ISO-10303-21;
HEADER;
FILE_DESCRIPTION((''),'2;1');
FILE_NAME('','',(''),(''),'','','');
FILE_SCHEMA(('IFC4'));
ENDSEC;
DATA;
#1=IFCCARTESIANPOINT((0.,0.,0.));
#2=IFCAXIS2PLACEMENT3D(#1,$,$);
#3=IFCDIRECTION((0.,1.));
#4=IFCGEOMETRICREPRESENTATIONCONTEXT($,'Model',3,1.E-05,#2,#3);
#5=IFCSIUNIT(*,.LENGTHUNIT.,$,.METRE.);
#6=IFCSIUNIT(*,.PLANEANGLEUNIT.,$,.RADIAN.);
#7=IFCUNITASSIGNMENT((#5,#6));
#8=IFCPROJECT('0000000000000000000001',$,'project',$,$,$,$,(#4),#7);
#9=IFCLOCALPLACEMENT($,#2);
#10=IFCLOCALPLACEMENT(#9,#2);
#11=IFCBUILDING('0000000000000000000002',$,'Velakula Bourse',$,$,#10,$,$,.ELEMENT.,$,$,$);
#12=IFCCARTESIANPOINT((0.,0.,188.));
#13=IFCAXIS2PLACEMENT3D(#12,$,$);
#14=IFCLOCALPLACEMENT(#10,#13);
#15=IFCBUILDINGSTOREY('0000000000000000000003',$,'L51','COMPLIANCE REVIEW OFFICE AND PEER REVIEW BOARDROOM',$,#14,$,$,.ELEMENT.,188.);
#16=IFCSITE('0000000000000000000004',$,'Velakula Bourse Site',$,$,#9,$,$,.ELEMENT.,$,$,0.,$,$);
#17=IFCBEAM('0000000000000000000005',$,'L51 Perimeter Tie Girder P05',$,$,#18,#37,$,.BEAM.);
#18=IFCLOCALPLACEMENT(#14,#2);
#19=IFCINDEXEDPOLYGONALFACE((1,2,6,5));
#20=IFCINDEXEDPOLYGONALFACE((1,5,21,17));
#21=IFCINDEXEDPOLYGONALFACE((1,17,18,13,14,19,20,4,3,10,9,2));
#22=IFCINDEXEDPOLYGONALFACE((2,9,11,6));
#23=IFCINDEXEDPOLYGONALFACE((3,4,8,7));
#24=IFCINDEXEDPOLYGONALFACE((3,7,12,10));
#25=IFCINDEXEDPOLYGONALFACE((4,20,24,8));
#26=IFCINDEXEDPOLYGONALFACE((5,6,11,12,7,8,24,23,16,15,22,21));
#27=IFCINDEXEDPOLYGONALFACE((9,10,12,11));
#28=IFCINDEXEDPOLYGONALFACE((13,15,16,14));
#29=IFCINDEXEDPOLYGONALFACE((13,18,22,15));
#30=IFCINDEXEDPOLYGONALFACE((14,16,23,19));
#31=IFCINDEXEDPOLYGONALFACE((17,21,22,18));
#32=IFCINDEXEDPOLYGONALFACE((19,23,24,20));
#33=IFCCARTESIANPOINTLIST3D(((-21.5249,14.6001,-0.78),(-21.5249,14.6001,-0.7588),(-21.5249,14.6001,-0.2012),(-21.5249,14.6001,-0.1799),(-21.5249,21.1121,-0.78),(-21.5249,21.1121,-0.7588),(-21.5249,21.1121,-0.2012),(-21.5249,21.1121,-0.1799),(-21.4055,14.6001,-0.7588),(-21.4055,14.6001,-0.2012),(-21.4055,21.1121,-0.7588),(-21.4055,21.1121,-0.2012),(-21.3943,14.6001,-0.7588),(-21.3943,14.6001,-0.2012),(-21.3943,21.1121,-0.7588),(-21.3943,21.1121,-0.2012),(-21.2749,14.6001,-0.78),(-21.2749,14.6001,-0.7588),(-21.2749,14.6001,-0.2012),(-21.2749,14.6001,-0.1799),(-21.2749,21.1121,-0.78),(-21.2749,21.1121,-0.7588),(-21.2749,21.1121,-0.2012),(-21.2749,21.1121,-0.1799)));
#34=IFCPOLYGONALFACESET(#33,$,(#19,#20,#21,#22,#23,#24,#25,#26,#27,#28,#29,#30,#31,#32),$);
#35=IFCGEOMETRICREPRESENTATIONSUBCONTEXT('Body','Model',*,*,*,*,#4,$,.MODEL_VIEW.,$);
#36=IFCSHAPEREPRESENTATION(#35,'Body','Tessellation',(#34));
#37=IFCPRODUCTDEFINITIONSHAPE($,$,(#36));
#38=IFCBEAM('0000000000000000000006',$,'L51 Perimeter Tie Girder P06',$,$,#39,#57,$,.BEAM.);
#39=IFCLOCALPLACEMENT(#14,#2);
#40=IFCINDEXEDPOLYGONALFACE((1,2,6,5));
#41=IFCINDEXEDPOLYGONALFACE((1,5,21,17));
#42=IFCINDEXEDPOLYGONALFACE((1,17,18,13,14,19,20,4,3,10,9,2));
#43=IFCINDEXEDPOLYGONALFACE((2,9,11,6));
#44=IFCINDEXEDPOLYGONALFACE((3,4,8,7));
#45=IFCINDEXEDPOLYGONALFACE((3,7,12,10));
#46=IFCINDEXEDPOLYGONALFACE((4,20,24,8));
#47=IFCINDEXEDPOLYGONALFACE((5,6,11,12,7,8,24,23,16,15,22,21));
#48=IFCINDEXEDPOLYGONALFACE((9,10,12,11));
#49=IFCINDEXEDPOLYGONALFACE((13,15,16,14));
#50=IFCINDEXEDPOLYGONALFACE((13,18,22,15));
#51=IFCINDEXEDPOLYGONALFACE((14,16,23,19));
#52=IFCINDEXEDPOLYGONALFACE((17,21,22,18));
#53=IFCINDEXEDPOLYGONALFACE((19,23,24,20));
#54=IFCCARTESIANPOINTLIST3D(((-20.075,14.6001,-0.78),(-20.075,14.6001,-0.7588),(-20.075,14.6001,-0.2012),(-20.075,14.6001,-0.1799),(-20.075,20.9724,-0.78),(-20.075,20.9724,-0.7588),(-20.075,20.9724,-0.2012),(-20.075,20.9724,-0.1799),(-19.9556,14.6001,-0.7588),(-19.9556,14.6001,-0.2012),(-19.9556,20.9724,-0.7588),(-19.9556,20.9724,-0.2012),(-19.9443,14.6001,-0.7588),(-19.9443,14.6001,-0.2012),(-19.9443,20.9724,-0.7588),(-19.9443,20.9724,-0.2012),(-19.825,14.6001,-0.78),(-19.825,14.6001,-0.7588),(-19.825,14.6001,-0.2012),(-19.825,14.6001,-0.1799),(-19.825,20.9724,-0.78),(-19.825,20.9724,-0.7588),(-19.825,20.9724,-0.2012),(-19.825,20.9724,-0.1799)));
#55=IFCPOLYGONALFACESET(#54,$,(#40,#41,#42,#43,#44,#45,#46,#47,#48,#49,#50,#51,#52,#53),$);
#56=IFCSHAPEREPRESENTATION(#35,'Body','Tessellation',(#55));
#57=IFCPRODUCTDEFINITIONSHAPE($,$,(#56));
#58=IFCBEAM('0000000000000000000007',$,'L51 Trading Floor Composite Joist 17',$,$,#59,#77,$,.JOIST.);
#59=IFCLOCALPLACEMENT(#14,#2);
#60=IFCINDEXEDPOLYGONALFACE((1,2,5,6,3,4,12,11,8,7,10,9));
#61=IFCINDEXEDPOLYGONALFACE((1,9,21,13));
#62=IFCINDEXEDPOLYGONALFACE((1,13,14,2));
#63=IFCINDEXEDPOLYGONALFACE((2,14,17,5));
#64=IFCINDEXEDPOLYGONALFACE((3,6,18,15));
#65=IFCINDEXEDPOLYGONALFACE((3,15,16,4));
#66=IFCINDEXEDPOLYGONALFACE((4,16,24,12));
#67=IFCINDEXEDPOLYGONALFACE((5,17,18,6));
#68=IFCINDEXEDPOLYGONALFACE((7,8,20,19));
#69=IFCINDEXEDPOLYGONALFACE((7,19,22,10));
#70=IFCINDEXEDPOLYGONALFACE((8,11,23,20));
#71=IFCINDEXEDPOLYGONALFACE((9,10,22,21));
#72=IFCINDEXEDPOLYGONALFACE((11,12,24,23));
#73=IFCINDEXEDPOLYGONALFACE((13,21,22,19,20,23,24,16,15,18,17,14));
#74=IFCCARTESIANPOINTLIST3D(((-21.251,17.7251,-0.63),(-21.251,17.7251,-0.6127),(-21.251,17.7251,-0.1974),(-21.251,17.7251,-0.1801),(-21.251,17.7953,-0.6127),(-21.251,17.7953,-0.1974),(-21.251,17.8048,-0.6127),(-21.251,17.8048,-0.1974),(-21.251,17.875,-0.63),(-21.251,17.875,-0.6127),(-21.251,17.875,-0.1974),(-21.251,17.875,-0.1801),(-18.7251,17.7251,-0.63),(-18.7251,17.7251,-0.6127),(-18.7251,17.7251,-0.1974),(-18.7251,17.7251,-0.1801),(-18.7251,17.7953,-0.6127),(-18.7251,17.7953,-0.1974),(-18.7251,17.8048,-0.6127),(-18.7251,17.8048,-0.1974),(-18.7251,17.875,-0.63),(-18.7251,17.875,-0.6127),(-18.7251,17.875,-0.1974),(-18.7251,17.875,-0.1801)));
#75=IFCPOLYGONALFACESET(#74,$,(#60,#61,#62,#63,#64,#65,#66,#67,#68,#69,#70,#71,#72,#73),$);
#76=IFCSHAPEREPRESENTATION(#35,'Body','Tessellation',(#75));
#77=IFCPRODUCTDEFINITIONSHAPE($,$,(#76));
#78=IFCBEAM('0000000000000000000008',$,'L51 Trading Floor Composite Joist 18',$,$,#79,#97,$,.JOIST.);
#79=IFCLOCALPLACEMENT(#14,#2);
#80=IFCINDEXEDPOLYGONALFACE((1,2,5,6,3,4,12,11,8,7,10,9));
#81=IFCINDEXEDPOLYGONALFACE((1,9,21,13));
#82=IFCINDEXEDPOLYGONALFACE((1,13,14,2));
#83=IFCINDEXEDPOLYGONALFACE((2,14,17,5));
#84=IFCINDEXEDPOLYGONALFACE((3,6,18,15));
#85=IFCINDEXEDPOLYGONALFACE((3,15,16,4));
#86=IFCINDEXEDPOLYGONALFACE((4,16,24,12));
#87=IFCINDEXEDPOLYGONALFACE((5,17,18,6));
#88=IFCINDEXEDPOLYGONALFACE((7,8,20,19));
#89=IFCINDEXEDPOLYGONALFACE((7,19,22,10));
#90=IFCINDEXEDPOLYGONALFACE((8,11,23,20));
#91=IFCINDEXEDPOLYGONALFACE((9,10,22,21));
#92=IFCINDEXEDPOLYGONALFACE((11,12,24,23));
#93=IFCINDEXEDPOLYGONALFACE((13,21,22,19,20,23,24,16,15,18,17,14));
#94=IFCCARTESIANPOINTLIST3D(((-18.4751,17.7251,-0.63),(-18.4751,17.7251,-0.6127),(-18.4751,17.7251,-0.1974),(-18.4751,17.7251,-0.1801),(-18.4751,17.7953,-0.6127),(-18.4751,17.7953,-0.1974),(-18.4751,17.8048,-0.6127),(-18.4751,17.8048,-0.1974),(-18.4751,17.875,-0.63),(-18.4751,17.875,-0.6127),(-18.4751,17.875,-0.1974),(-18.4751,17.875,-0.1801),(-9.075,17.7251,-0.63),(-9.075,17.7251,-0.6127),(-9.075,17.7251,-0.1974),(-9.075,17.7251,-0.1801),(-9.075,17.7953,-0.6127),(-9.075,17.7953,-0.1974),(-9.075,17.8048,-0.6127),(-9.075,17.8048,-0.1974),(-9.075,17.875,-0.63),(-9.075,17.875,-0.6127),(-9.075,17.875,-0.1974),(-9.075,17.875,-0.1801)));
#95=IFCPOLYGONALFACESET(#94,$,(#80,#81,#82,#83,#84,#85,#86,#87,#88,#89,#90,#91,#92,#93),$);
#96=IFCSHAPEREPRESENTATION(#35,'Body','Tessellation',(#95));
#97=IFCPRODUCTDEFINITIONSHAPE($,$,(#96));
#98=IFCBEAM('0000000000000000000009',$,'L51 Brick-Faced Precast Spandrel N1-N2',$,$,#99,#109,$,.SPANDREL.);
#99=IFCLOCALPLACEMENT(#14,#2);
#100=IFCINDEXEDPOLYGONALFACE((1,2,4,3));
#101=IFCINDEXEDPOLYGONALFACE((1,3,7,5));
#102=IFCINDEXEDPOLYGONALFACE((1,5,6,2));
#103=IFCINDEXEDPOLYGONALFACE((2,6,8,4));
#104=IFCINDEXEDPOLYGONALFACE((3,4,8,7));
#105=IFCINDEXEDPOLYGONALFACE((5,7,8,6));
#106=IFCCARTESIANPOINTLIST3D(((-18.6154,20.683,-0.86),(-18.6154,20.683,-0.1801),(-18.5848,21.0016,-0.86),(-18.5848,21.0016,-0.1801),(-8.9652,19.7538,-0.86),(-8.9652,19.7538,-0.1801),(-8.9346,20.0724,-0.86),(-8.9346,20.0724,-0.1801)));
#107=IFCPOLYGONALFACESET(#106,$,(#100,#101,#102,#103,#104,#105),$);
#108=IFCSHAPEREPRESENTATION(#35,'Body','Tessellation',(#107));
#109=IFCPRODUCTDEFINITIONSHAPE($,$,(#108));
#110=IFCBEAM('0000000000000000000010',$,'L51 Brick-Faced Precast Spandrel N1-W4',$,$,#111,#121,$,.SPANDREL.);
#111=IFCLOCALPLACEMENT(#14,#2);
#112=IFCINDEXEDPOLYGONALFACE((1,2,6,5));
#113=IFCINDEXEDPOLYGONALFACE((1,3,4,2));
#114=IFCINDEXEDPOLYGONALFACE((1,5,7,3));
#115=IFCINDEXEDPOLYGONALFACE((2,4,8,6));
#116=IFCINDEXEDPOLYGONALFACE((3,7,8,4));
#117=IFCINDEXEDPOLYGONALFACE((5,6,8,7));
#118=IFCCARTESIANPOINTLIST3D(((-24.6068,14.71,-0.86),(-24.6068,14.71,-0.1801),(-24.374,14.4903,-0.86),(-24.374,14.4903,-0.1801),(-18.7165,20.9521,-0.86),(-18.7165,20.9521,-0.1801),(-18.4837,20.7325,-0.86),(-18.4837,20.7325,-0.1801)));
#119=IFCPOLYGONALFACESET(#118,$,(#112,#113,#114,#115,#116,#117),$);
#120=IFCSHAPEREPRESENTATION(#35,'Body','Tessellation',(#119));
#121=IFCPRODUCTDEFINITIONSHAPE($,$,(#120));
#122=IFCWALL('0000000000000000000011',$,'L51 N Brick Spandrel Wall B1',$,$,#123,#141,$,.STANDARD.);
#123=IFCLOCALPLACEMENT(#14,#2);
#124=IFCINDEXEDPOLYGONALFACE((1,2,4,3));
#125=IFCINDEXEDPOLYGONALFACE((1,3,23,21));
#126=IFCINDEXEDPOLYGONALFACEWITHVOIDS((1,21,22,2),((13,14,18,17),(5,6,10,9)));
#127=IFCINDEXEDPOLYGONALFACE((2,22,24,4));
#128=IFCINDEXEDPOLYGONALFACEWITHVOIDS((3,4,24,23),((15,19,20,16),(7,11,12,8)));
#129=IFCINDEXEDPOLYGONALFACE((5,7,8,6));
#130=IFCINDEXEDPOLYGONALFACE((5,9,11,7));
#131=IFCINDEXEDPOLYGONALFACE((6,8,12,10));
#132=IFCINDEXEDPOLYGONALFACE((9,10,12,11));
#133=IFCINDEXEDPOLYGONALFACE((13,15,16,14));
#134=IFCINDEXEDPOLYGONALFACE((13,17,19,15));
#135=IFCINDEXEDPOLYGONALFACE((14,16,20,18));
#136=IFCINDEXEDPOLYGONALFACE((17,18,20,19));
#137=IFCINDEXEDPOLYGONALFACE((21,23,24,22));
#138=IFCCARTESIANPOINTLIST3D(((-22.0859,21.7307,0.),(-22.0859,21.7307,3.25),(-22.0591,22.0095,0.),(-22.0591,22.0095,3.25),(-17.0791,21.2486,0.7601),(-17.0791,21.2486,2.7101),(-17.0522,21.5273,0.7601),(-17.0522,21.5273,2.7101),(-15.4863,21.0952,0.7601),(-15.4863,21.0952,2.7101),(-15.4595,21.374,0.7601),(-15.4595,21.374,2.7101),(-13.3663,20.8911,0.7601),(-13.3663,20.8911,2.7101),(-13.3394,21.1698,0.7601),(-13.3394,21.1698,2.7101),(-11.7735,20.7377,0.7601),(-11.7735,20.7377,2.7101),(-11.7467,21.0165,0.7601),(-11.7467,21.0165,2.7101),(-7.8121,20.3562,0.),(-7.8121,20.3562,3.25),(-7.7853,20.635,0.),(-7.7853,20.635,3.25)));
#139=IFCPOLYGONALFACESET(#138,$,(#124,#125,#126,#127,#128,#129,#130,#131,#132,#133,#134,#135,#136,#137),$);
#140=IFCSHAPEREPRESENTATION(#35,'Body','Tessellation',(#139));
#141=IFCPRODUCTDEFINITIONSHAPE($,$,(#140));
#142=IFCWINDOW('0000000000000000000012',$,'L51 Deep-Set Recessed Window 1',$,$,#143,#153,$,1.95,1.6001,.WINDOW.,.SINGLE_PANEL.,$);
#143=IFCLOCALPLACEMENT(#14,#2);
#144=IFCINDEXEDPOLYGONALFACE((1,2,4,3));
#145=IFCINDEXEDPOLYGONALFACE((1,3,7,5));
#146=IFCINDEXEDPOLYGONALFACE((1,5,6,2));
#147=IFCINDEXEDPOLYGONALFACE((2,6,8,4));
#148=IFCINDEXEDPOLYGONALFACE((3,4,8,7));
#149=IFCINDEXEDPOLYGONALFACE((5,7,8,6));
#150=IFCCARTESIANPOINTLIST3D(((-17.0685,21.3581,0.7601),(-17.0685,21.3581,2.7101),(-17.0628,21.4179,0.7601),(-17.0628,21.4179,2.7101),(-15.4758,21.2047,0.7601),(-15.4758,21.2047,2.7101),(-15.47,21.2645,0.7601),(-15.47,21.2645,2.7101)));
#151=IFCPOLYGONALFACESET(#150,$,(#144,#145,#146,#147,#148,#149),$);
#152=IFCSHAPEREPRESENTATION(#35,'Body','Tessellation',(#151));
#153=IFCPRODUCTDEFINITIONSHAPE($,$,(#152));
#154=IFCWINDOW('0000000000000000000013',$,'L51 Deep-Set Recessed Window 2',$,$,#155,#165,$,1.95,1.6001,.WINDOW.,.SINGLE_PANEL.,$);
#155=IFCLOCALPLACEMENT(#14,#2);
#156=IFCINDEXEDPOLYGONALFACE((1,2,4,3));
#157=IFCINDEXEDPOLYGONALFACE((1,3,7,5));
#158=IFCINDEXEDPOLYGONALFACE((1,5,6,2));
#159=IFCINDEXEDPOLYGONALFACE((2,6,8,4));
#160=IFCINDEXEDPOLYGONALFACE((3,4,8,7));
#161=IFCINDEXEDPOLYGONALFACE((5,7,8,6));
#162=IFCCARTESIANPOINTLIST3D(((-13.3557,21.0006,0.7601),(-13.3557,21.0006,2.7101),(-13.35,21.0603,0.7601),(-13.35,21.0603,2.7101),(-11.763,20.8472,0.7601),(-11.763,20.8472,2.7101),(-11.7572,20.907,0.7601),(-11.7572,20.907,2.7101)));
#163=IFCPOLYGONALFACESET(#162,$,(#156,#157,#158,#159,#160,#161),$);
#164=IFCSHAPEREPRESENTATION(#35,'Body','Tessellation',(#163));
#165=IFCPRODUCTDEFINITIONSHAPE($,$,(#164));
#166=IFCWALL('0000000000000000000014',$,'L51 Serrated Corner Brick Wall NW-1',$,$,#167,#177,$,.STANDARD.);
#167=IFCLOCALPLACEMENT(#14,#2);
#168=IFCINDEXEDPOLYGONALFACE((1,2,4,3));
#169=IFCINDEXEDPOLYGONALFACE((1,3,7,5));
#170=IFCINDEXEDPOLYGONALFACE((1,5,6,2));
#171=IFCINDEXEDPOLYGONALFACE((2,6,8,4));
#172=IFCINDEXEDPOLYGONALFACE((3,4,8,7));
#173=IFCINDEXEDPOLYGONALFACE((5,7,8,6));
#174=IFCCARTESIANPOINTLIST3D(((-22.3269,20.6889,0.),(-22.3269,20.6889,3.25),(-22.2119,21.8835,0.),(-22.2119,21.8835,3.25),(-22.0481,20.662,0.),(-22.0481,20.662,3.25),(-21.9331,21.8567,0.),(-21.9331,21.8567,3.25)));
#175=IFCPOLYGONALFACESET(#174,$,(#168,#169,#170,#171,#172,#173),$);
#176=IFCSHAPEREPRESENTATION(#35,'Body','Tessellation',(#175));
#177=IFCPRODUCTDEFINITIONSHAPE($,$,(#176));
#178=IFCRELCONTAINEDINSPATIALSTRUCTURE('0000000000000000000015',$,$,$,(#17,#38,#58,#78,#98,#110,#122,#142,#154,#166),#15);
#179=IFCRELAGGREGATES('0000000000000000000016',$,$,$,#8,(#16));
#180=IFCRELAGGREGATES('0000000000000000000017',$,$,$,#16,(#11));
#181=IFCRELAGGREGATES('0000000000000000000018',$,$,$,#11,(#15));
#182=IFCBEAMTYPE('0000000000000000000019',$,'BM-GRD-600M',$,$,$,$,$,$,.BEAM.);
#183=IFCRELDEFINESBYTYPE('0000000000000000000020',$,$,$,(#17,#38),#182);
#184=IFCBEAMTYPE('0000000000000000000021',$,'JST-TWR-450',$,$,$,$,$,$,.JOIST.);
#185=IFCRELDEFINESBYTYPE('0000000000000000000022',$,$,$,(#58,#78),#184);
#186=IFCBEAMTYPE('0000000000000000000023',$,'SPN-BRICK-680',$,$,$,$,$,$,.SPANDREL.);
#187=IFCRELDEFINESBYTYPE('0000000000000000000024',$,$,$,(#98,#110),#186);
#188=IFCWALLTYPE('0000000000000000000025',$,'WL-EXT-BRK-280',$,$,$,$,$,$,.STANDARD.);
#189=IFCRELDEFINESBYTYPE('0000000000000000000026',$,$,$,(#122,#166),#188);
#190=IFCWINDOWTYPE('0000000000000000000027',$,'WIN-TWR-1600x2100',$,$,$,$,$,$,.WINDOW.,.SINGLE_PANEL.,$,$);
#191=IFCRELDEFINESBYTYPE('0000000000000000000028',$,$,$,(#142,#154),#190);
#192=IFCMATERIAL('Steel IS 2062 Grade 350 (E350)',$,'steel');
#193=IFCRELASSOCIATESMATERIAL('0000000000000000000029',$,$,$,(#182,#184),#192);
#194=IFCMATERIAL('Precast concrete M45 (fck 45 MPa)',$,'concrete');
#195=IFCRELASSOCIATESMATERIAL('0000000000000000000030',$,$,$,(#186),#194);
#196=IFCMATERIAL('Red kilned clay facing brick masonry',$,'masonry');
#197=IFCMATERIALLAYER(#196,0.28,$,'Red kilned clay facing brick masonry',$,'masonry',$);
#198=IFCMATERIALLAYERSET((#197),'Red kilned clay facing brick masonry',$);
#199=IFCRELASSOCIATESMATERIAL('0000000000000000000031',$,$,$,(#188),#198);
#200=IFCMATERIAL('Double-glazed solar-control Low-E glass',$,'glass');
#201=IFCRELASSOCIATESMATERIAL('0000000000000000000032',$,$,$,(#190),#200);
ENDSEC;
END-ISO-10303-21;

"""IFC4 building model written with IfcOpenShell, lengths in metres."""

from ifc_helpers import new_model, si_unit, direction, frame, frame_2d, origin, origin_2d, place, context, subcontext, project, spatial, rectangle, i_section, extrude, material, layer, layer_set, material_profile, profile_set, type_object, element, fill, save


model = new_model("IFC4")

# Units and contexts
model_context = context("Model", 3, precision=1e-05, world=origin(), true_north=direction((0.0, 1.0)))
body_context = subcontext(model_context, "Body", "Model", "MODEL_VIEW")
ifc_project = project(units=[si_unit("LENGTHUNIT", "METRE"), si_unit("PLANEANGLEUNIT", "RADIAN")], contexts=[model_context])

# Site, building, storey
site_placement = place(None, origin())
site = spatial("IfcSite", under=ifc_project, at=site_placement, Name="Velakula Bourse Site", CompositionType="ELEMENT", RefElevation=0.0)
building_placement = place(site_placement, origin())
building = spatial("IfcBuilding", under=site, at=building_placement, Name="Velakula Bourse", CompositionType="ELEMENT")
storey_placement = place(building_placement, frame((0.0, 0.0, 188.0)))
storey = spatial("IfcBuildingStorey", under=building, at=storey_placement, Name="L51", Description="COMPLIANCE REVIEW OFFICE AND PEER REVIEW BOARDROOM", CompositionType="ELEMENT", Elevation=188.0)

# Shared definitions
ifc_material_1 = material(Name="Steel IS 2062 Grade 350 (E350)", Category="steel")
ifc_material_2 = material(Name="Precast concrete M45 (fck 45 MPa)", Category="concrete")

# Beams
ifc_material_profile_1 = material_profile(ifc_material_1, i_section(OverallWidth=0.25, OverallDepth=0.6001, WebThickness=0.0112, FlangeThickness=0.0212, at=origin_2d()), Name="Steel IS 2062 Grade 350 (E350)")
ifc_profile_set_1 = profile_set([ifc_material_profile_1], Name="Steel IS 2062 Grade 350 (E350)")
beam_type_1 = type_object("IfcBeamType", Name="BM-GRD-600M", PredefinedType="BEAM", material=ifc_profile_set_1)
beam_1_placement = place(storey_placement, frame((-21.3999, 14.6001, -0.48), z_axis=(0.0, 1.0, 0.0), x_axis=(-1.0, 0.0, 0.0)))
element("IfcBeam", 1, at=beam_1_placement, inside=storey, type_object=beam_type_1, Name="L51 Perimeter Tie Girder P05", PredefinedType="BEAM", context=body_context, shape_type="SweptSolid", body=[
    extrude(i_section(OverallWidth=0.25, OverallDepth=0.6001, WebThickness=0.0112, FlangeThickness=0.0212, at=origin_2d()), origin(), (0.0, 0.0, 1.0), 6.512),
])
beam_2_placement = place(storey_placement, frame((-19.95, 14.6001, -0.48), z_axis=(0.0, 1.0, 0.0), x_axis=(-1.0, 0.0, 0.0)))
element("IfcBeam", 2, at=beam_2_placement, inside=storey, type_object=beam_type_1, Name="L51 Perimeter Tie Girder P06", PredefinedType="BEAM", context=body_context, shape_type="SweptSolid", body=[
    extrude(i_section(OverallWidth=0.25, OverallDepth=0.6001, WebThickness=0.0112, FlangeThickness=0.0212, at=origin_2d()), origin(), (0.0, 0.0, 1.0), 6.3723),
])
ifc_material_profile_2 = material_profile(ifc_material_1, i_section(OverallWidth=0.1499, OverallDepth=0.45, WebThickness=0.0095, FlangeThickness=0.0173, at=origin_2d()), Name="Steel IS 2062 Grade 350 (E350)")
ifc_profile_set_2 = profile_set([ifc_material_profile_2], Name="Steel IS 2062 Grade 350 (E350)")
beam_type_2 = type_object("IfcBeamType", Name="JST-TWR-450", PredefinedType="JOIST", material=ifc_profile_set_2)
beam_3_placement = place(storey_placement, frame((-21.251, 17.8, -0.405), z_axis=(1.0, 0.0, 0.0), x_axis=(0.0, 1.0, 0.0)))
element("IfcBeam", 3, at=beam_3_placement, inside=storey, type_object=beam_type_2, Name="L51 Trading Floor Composite Joist 17", PredefinedType="JOIST", context=body_context, shape_type="SweptSolid", body=[
    extrude(i_section(OverallWidth=0.1499, OverallDepth=0.45, WebThickness=0.0095, FlangeThickness=0.0173, at=origin_2d()), origin(), (0.0, 0.0, 1.0), 2.5259),
])
beam_4_placement = place(storey_placement, frame((-18.4751, 17.8, -0.405), z_axis=(1.0, 0.0, 0.0), x_axis=(0.0, 1.0, 0.0)))
element("IfcBeam", 4, at=beam_4_placement, inside=storey, type_object=beam_type_2, Name="L51 Trading Floor Composite Joist 18", PredefinedType="JOIST", context=body_context, shape_type="SweptSolid", body=[
    extrude(i_section(OverallWidth=0.1499, OverallDepth=0.45, WebThickness=0.0095, FlangeThickness=0.0173, at=origin_2d()), origin(), (0.0, 0.0, 1.0), 9.4001),
])
ifc_material_profile_3 = material_profile(ifc_material_2, rectangle(XDim=0.3201, YDim=0.6799, at=origin_2d()), Name="Precast concrete M45 (fck 45 MPa)")
ifc_profile_set_3 = profile_set([ifc_material_profile_3], Name="Precast concrete M45 (fck 45 MPa)")
beam_type_3 = type_object("IfcBeamType", Name="SPN-BRICK-680", PredefinedType="SPANDREL", material=ifc_profile_set_3)
beam_5_placement = place(storey_placement, frame((-18.6001, 20.8423, -0.52), z_axis=(0.995396, -0.095845, 0.0), x_axis=(0.095845, 0.995396, 0.0)))
element("IfcBeam", 5, at=beam_5_placement, inside=storey, type_object=beam_type_3, Name="L51 Brick-Faced Precast Spandrel N1-N2", PredefinedType="SPANDREL", context=body_context, shape_type="SweptSolid", body=[
    extrude(rectangle(XDim=0.3201, YDim=0.6799, at=origin_2d()), origin(), (0.0, 0.0, 1.0), 9.6948),
])
beam_6_placement = place(storey_placement, frame((-18.6001, 20.8423, -0.52), z_axis=(-0.686314, -0.727305, 0.0), x_axis=(0.727305, -0.686314, 0.0)))
element("IfcBeam", 6, at=beam_6_placement, inside=storey, type_object=beam_type_3, Name="L51 Brick-Faced Precast Spandrel N1-W4", PredefinedType="SPANDREL", context=body_context, shape_type="SweptSolid", body=[
    extrude(rectangle(XDim=0.3201, YDim=0.6799, at=origin_2d()), origin(), (0.0, 0.0, 1.0), 8.5825),
])

# Wall, openings, windows
ifc_material_3 = material(Name="Red kilned clay facing brick masonry", Category="masonry")
ifc_layer_1 = layer(ifc_material_3, 0.28, Name="Red kilned clay facing brick masonry", Category="masonry")
ifc_layer_set_1 = layer_set([ifc_layer_1], Name="Red kilned clay facing brick masonry")
wall_type_1 = type_object("IfcWallType", Name="WL-EXT-BRK-280", PredefinedType="STANDARD", material=ifc_layer_set_1)
wall_1_placement = place(storey_placement, frame((-22.0725, 21.8701, 0.0), z_axis=(0.0, 0.0, 1.0), x_axis=(0.995396, -0.095852, 0.0)))
wall_1 = element("IfcWall", 7, at=wall_1_placement, inside=storey, type_object=wall_type_1, Name="L51 N Brick Spandrel Wall B1", PredefinedType="STANDARD", context=body_context, shape_type="SweptSolid", body=[
    extrude(rectangle(XDim=14.3398, YDim=0.28, at=frame_2d((7.1699, 0.0))), origin(), (0.0, 0.0, 1.0), 3.25),
])
opening_1_placement = place(wall_1_placement, frame((5.03, 0.0, 0.76)))
opening_1 = element("IfcOpeningElement", 8, at=opening_1_placement, cuts=wall_1, PredefinedType="OPENING", context=body_context, shape_type="SweptSolid", body=[
    extrude(rectangle(XDim=1.6001, YDim=1.95, at=frame_2d((0.8, 0.9751))), frame((0.0, 0.1499, 0.0), z_axis=(0.0, -1.0, 0.0), x_axis=(1.0, 0.0, 0.0)), (0.0, 0.0, 1.0), 0.3),
])
opening_2_placement = place(wall_1_placement, frame((8.76, 0.0, 0.76)))
opening_2 = element("IfcOpeningElement", 9, at=opening_2_placement, cuts=wall_1, PredefinedType="OPENING", context=body_context, shape_type="SweptSolid", body=[
    extrude(rectangle(XDim=1.6001, YDim=1.95, at=frame_2d((0.8, 0.9751))), frame((0.0, 0.1499, 0.0), z_axis=(0.0, -1.0, 0.0), x_axis=(1.0, 0.0, 0.0)), (0.0, 0.0, 1.0), 0.3),
])
ifc_material_4 = material(Name="Double-glazed solar-control Low-E glass", Category="glass")
window_type = type_object("IfcWindowType", Name="WIN-TWR-1600x2100", PartitioningType="SINGLE_PANEL", PredefinedType="WINDOW", material=ifc_material_4)
window_1_placement = place(opening_1_placement, origin())
window_1 = element("IfcWindow", 10, at=window_1_placement, inside=storey, type_object=window_type, Name="L51 Deep-Set Recessed Window 1", OverallHeight=1.95, OverallWidth=1.6001, PartitioningType="SINGLE_PANEL", PredefinedType="WINDOW", context=body_context, shape_type="SweptSolid", body=[
    extrude(rectangle(XDim=1.6001, YDim=1.95, at=frame_2d((0.8, 0.9751))), frame((0.0, 0.03, 0.0), z_axis=(0.0, -1.0, 0.0), x_axis=(1.0, 0.0, 0.0)), (0.0, 0.0, 1.0), 0.0601),
])
fill(opening_1, window_1)
window_2_placement = place(opening_2_placement, origin())
window_2 = element("IfcWindow", 11, at=window_2_placement, inside=storey, type_object=window_type, Name="L51 Deep-Set Recessed Window 2", OverallHeight=1.95, OverallWidth=1.6001, PartitioningType="SINGLE_PANEL", PredefinedType="WINDOW", context=body_context, shape_type="SweptSolid", body=[
    extrude(rectangle(XDim=1.6001, YDim=1.95, at=frame_2d((0.8, 0.9751))), frame((0.0, 0.03, 0.0), z_axis=(0.0, -1.0, 0.0), x_axis=(1.0, 0.0, 0.0)), (0.0, 0.0, 1.0), 0.0601),
])
fill(opening_2, window_2)

# Wall
for number, where, z_axis, x_axis, name in (
    (12, (-22.0725, 21.8701, 0.0), (0.0, 0.0, 1.0), (-0.095817, -0.995399, 0.0), "L51 Serrated Corner Brick Wall NW-1"),
):
    element("IfcWall", number, at=place(storey_placement, frame(where, z_axis=z_axis, x_axis=x_axis)), inside=storey, type_object=wall_type_1, Name=name, PredefinedType="STANDARD", context=body_context, shape_type="SweptSolid", body=[
        extrude(rectangle(XDim=1.2002, YDim=0.28, at=frame_2d((0.6001, 0.0))), origin(), (0.0, 0.0, 1.0), 3.25),
    ])

save(model, "model.ifc")
